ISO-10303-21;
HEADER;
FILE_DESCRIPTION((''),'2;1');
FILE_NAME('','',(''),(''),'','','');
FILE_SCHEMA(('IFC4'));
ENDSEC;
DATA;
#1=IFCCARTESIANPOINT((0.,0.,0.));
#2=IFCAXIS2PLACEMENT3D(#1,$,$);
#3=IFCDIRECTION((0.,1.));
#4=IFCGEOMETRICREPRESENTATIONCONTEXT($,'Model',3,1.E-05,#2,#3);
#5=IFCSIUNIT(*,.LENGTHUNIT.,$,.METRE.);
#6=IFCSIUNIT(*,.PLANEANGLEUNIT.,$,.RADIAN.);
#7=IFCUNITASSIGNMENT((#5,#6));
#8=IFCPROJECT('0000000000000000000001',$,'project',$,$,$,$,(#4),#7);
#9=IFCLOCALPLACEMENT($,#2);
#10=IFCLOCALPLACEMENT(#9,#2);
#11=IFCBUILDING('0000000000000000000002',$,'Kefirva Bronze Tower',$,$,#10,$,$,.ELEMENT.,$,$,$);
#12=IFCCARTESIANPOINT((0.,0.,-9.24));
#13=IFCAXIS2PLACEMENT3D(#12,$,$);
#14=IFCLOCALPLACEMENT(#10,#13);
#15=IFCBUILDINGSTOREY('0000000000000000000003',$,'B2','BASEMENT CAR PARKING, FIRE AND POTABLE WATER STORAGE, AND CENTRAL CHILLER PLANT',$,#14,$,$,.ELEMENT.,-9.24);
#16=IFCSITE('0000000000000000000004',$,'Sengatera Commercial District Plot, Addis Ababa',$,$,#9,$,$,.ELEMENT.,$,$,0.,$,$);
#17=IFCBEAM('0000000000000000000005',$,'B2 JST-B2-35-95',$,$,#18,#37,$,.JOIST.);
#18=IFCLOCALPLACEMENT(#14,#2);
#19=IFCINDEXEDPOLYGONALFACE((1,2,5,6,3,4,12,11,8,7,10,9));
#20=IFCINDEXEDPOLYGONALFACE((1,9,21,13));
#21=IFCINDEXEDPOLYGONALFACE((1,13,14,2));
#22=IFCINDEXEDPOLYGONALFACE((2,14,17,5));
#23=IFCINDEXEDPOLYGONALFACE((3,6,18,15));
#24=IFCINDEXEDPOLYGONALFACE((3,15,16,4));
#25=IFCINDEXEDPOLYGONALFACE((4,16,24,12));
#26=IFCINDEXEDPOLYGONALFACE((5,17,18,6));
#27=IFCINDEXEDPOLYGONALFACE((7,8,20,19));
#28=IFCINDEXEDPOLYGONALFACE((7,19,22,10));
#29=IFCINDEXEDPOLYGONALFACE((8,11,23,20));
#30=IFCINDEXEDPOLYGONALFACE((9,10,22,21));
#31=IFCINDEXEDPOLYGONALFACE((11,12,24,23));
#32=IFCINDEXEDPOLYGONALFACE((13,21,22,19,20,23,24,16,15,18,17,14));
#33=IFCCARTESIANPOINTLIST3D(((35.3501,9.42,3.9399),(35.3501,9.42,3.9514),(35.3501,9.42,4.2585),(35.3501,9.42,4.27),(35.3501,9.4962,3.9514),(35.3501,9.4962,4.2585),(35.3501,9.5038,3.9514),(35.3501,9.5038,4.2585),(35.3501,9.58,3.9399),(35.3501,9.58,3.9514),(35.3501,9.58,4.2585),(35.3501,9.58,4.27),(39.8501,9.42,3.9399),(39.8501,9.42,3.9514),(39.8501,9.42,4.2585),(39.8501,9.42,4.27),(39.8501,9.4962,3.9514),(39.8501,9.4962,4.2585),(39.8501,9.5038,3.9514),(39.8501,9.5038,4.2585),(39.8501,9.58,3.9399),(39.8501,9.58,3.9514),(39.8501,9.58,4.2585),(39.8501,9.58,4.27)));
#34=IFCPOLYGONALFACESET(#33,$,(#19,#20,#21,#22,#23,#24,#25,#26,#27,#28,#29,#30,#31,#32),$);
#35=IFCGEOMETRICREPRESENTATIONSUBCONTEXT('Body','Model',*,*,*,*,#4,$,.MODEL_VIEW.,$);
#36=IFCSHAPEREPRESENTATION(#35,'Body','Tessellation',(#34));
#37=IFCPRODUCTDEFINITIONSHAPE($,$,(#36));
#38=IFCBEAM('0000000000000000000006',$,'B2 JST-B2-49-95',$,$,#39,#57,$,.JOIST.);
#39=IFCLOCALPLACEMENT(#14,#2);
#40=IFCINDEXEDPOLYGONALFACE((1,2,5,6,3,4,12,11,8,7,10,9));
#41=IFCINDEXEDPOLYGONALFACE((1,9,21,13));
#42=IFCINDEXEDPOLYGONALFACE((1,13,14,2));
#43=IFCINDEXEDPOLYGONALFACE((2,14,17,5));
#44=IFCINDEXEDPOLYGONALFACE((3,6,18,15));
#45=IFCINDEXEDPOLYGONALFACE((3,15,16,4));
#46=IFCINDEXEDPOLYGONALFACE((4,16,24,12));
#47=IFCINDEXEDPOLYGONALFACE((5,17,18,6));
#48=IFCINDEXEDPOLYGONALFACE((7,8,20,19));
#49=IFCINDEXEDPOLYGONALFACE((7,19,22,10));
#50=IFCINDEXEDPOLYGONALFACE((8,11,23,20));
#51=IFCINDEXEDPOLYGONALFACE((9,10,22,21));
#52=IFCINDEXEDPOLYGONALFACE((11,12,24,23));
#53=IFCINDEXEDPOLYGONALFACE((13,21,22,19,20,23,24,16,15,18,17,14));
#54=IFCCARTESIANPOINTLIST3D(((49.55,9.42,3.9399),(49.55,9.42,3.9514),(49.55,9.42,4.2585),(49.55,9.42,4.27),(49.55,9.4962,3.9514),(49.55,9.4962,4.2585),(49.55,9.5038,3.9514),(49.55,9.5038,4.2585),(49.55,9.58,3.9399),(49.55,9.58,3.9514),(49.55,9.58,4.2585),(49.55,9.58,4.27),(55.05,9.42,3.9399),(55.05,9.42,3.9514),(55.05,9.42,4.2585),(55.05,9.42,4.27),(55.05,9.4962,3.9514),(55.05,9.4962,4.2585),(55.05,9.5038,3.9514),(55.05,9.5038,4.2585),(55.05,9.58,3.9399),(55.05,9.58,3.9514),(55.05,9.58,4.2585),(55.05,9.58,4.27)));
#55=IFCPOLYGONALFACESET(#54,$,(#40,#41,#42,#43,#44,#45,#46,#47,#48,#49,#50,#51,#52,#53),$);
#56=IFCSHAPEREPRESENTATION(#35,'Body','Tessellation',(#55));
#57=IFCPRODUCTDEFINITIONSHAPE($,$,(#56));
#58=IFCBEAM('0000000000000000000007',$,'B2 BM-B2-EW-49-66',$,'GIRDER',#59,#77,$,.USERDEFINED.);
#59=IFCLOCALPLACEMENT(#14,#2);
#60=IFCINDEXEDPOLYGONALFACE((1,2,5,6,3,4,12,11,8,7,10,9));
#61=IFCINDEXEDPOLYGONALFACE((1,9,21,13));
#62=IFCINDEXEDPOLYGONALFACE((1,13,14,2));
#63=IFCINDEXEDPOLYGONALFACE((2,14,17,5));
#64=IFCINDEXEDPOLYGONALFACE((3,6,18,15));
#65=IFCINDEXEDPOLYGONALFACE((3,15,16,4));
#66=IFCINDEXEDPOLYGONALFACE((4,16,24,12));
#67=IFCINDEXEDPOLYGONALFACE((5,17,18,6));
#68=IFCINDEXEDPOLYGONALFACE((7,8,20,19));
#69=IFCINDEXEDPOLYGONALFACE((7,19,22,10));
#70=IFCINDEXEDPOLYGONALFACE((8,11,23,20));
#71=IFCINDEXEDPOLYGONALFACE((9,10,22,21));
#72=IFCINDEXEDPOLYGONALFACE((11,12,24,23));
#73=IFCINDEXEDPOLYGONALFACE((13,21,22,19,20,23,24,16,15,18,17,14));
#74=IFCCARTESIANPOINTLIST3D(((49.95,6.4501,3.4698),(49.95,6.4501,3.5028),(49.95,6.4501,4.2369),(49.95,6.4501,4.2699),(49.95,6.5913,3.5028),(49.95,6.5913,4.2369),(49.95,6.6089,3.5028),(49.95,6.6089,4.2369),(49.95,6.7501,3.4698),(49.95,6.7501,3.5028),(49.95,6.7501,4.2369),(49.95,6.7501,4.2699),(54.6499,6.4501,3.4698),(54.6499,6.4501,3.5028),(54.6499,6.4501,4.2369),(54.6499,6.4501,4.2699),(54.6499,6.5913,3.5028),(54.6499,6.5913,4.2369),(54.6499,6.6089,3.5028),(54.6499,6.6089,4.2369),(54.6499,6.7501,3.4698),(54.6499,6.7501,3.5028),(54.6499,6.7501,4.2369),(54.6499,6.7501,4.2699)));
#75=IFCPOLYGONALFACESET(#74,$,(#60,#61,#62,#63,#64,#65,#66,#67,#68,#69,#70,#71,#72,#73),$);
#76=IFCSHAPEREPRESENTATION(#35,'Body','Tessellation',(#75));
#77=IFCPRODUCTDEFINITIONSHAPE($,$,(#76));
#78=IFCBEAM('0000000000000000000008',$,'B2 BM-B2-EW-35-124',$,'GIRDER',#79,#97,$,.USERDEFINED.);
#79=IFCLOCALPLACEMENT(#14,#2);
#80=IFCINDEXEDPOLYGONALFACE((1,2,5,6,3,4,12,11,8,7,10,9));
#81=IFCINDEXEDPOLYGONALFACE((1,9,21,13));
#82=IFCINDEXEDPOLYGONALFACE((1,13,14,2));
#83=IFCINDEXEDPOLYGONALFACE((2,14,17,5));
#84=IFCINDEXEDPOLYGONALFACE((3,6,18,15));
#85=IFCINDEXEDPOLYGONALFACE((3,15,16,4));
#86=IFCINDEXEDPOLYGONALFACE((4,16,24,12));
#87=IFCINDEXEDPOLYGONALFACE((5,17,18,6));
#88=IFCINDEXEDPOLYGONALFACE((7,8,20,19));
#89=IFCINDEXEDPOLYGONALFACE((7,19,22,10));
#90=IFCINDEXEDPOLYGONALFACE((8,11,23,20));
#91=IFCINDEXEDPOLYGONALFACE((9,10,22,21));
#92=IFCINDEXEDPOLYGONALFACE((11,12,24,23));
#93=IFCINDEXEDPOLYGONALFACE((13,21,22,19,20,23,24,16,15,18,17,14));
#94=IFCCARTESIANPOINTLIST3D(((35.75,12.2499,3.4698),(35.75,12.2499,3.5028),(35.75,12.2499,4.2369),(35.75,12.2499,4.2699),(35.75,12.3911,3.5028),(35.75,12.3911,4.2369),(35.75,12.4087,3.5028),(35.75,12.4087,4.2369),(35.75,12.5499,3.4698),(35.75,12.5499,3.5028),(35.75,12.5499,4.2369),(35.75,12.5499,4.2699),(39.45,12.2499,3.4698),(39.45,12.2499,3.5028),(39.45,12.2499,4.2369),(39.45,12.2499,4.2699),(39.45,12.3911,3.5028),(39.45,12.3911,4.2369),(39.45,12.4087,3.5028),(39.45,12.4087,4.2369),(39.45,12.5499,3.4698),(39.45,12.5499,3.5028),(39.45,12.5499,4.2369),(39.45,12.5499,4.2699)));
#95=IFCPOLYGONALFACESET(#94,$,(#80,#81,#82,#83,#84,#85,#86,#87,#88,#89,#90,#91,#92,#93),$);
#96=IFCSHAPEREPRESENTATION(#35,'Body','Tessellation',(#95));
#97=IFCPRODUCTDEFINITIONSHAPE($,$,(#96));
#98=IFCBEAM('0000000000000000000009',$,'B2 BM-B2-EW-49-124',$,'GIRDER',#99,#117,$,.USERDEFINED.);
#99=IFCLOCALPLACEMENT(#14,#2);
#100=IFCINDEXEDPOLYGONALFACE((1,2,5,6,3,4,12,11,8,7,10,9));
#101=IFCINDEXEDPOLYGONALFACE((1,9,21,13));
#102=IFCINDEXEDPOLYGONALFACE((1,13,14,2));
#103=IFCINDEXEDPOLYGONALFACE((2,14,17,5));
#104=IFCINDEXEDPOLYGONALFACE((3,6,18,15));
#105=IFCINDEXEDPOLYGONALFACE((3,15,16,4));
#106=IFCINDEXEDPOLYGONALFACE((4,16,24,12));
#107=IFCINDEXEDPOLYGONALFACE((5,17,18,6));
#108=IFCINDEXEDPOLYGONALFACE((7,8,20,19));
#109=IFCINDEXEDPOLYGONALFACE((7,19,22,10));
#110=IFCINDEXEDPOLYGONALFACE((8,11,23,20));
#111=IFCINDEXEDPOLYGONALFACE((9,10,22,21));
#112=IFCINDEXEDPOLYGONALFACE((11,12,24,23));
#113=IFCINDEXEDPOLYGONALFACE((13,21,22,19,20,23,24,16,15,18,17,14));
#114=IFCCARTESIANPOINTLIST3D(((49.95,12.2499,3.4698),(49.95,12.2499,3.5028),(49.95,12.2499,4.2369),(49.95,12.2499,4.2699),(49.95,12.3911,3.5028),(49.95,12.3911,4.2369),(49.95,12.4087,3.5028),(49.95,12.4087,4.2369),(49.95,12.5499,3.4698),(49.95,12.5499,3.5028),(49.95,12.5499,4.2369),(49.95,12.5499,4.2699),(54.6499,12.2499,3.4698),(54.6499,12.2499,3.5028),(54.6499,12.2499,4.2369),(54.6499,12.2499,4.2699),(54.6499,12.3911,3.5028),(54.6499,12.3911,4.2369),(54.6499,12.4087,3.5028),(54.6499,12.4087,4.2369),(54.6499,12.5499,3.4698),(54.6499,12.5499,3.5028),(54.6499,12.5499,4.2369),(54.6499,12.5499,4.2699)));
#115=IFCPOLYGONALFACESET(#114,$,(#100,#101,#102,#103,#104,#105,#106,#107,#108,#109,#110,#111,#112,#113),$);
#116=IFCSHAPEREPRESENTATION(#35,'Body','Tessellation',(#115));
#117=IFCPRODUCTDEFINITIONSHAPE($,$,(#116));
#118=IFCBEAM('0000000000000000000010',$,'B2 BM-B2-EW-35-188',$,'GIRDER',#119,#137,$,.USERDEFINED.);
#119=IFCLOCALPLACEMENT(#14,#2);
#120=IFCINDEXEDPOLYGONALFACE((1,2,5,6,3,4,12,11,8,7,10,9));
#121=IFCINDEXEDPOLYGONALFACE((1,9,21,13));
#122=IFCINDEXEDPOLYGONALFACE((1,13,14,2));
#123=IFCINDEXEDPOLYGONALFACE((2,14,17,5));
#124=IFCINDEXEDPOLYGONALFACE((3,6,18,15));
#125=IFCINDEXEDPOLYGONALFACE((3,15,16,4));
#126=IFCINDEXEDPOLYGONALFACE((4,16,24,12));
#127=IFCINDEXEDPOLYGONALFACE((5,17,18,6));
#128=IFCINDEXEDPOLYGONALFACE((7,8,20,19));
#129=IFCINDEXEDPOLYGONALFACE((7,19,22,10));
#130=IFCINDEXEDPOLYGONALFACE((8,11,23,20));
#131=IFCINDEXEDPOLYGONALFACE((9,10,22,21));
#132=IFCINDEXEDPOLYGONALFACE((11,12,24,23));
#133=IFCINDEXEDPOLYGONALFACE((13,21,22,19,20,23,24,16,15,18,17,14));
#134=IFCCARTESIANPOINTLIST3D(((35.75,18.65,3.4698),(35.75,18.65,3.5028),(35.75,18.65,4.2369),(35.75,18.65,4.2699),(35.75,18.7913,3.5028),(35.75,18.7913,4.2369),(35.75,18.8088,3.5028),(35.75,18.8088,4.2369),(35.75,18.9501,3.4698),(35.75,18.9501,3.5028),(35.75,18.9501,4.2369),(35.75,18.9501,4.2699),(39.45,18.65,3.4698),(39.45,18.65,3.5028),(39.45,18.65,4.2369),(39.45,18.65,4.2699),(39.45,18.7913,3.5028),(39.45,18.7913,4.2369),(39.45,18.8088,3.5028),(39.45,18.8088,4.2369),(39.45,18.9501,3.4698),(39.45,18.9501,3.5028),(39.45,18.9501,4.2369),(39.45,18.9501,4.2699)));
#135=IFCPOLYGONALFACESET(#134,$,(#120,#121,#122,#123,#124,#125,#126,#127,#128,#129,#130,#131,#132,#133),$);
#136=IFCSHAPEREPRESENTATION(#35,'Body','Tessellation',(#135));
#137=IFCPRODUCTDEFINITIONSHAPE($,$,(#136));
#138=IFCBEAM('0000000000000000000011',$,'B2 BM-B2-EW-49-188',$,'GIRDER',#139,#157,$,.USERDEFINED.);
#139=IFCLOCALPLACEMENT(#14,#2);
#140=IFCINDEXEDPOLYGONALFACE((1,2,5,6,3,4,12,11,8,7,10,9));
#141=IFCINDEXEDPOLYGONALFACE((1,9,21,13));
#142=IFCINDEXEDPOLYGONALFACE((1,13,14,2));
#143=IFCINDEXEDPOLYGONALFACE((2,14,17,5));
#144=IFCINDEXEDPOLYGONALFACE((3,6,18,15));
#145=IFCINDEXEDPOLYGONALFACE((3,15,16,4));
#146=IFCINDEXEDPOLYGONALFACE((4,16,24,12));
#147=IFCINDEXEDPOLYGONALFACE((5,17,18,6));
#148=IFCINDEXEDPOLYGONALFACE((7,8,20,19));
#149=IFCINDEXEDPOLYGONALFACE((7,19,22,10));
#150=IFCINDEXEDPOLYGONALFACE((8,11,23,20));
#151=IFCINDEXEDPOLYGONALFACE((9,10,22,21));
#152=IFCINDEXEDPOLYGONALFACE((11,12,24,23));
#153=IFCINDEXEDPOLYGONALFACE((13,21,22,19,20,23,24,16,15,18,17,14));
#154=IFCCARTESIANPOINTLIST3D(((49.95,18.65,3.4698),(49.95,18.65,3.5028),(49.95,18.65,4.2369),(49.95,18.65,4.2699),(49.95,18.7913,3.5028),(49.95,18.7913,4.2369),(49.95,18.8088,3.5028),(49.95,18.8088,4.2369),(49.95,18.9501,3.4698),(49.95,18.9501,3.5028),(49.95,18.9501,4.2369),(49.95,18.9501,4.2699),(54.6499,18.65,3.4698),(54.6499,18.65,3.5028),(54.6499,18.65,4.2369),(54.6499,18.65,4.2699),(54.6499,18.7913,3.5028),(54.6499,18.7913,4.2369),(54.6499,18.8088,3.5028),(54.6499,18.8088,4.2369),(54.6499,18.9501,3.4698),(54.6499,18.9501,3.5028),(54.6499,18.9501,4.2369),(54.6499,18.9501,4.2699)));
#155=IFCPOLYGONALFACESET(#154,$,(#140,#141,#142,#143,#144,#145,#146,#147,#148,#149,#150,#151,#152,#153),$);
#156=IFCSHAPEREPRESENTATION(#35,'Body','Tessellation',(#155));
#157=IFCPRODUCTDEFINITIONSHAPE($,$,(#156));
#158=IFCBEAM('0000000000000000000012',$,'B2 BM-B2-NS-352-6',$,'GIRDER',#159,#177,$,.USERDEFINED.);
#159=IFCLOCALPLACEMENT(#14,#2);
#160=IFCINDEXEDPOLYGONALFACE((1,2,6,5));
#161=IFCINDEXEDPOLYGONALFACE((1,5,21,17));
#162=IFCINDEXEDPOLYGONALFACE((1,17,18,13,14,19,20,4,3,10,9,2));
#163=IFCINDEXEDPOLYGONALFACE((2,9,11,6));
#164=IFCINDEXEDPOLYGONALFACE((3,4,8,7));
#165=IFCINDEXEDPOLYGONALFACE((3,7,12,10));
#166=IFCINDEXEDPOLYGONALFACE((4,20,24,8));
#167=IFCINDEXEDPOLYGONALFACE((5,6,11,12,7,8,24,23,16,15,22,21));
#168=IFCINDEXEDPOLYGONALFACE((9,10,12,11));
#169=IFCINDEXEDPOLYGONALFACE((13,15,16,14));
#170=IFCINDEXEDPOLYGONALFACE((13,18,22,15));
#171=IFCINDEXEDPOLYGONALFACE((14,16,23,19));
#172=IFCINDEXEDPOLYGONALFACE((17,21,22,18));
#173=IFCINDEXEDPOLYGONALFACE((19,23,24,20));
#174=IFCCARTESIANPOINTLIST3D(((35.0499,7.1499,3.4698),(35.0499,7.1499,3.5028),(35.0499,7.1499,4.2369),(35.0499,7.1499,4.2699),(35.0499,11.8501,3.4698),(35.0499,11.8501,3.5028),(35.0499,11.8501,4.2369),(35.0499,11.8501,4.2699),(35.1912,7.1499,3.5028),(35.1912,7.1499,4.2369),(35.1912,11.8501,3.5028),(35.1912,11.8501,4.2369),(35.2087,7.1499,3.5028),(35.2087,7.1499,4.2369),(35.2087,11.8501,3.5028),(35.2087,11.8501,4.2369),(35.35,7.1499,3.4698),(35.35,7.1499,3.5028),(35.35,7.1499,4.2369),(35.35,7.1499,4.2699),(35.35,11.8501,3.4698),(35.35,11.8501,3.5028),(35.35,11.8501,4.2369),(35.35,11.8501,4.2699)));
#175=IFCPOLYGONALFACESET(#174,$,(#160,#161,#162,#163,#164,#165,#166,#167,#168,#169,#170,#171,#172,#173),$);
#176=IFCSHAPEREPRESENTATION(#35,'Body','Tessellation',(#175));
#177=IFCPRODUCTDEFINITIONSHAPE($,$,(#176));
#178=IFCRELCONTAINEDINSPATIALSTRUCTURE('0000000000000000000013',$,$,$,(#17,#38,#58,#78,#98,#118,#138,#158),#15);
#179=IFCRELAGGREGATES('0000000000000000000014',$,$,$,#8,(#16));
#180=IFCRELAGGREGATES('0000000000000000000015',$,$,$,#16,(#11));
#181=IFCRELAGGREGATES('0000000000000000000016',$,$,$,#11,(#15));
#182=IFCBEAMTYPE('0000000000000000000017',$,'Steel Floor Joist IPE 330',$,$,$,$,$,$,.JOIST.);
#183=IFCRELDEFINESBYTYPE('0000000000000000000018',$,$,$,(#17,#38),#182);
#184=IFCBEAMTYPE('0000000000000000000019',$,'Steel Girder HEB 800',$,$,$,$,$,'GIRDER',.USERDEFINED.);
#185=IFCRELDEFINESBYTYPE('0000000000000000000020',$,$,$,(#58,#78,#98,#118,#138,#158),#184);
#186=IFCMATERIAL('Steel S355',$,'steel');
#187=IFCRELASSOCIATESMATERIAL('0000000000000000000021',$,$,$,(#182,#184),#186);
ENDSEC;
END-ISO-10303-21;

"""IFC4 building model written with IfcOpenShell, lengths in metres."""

from ifc_helpers import new_model, si_unit, direction, frame, origin, origin_2d, place, context, subcontext, project, spatial, i_section, extrude, material, material_profile, profile_set, type_object, element, save


model = new_model("IFC4")

# Units and contexts
model_context = context("Model", 3, precision=1e-05, world=origin(), true_north=direction((0.0, 1.0)))
body_context = subcontext(model_context, "Body", "Model", "MODEL_VIEW")
ifc_project = project(units=[si_unit("LENGTHUNIT", "METRE"), si_unit("PLANEANGLEUNIT", "RADIAN")], contexts=[model_context])

# Site, building, storey
site_placement = place(None, origin())
site = spatial("IfcSite", under=ifc_project, at=site_placement, Name="Sengatera Commercial District Plot, Addis Ababa", CompositionType="ELEMENT", RefElevation=0.0)
building_placement = place(site_placement, origin())
building = spatial("IfcBuilding", under=site, at=building_placement, Name="Kefirva Bronze Tower", CompositionType="ELEMENT")
storey_placement = place(building_placement, frame((0.0, 0.0, -9.24)))
storey = spatial("IfcBuildingStorey", under=building, at=storey_placement, Name="B2", Description="BASEMENT CAR PARKING, FIRE AND POTABLE WATER STORAGE, AND CENTRAL CHILLER PLANT", CompositionType="ELEMENT", Elevation=-9.24)

# Beams
ifc_material_1 = material(Name="Steel S355", Category="steel")
ifc_material_profile_1 = material_profile(ifc_material_1, i_section(OverallWidth=0.1599, OverallDepth=0.3301, WebThickness=0.0076, FlangeThickness=0.0115, at=origin_2d()), Name="IPE 330")
ifc_profile_set_1 = profile_set([ifc_material_profile_1], Name="Steel S355")
beam_type_1 = type_object("IfcBeamType", Name="Steel Floor Joist IPE 330", PredefinedType="JOIST", material=ifc_profile_set_1)
beam_1_placement = place(storey_placement, frame((35.3501, 9.5, 4.105), z_axis=(1.0, 0.0, 0.0), x_axis=(0.0, 1.0, 0.0)))
element("IfcBeam", 1, at=beam_1_placement, inside=storey, type_object=beam_type_1, Name="B2 JST-B2-35-95", PredefinedType="JOIST", context=body_context, shape_type="SweptSolid", body=[
    extrude(i_section(OverallWidth=0.1599, OverallDepth=0.3301, WebThickness=0.0076, FlangeThickness=0.0115, at=origin_2d()), origin(), (0.0, 0.0, 1.0), 4.5),
])
beam_2_placement = place(storey_placement, frame((49.55, 9.5, 4.105), z_axis=(1.0, 0.0, 0.0), x_axis=(0.0, 1.0, 0.0)))
element("IfcBeam", 2, at=beam_2_placement, inside=storey, type_object=beam_type_1, Name="B2 JST-B2-49-95", PredefinedType="JOIST", context=body_context, shape_type="SweptSolid", body=[
    extrude(i_section(OverallWidth=0.1599, OverallDepth=0.3301, WebThickness=0.0076, FlangeThickness=0.0115, at=origin_2d()), origin(), (0.0, 0.0, 1.0), 5.5),
])
ifc_material_profile_2 = material_profile(ifc_material_1, i_section(OverallWidth=0.3, OverallDepth=0.8, WebThickness=0.0176, FlangeThickness=0.033, at=origin_2d()), Name="HEB 800")
ifc_profile_set_2 = profile_set([ifc_material_profile_2], Name="Steel S355")
beam_type_2 = type_object("IfcBeamType", Name="Steel Girder HEB 800", ElementType="GIRDER", PredefinedType="USERDEFINED", material=ifc_profile_set_2)
beam_3_placement = place(storey_placement, frame((49.95, 6.6001, 3.8699), z_axis=(1.0, 0.0, 0.0), x_axis=(0.0, 1.0, 0.0)))
element("IfcBeam", 3, at=beam_3_placement, inside=storey, type_object=beam_type_2, Name="B2 BM-B2-EW-49-66", ObjectType="GIRDER", PredefinedType="USERDEFINED", context=body_context, shape_type="SweptSolid", body=[
    extrude(i_section(OverallWidth=0.3, OverallDepth=0.8, WebThickness=0.0176, FlangeThickness=0.033, at=origin_2d()), origin(), (0.0, 0.0, 1.0), 4.7),
])
beam_4_placement = place(storey_placement, frame((35.75, 12.3999, 3.8699), z_axis=(1.0, 0.0, 0.0), x_axis=(0.0, 1.0, 0.0)))
element("IfcBeam", 4, at=beam_4_placement, inside=storey, type_object=beam_type_2, Name="B2 BM-B2-EW-35-124", ObjectType="GIRDER", PredefinedType="USERDEFINED", context=body_context, shape_type="SweptSolid", body=[
    extrude(i_section(OverallWidth=0.3, OverallDepth=0.8, WebThickness=0.0176, FlangeThickness=0.033, at=origin_2d()), origin(), (0.0, 0.0, 1.0), 3.7),
])
beam_5_placement = place(storey_placement, frame((49.95, 12.3999, 3.8699), z_axis=(1.0, 0.0, 0.0), x_axis=(0.0, 1.0, 0.0)))
element("IfcBeam", 5, at=beam_5_placement, inside=storey, type_object=beam_type_2, Name="B2 BM-B2-EW-49-124", ObjectType="GIRDER", PredefinedType="USERDEFINED", context=body_context, shape_type="SweptSolid", body=[
    extrude(i_section(OverallWidth=0.3, OverallDepth=0.8, WebThickness=0.0176, FlangeThickness=0.033, at=origin_2d()), origin(), (0.0, 0.0, 1.0), 4.7),
])
beam_6_placement = place(storey_placement, frame((35.75, 18.8, 3.8699), z_axis=(1.0, 0.0, 0.0), x_axis=(0.0, 1.0, 0.0)))
element("IfcBeam", 6, at=beam_6_placement, inside=storey, type_object=beam_type_2, Name="B2 BM-B2-EW-35-188", ObjectType="GIRDER", PredefinedType="USERDEFINED", context=body_context, shape_type="SweptSolid", body=[
    extrude(i_section(OverallWidth=0.3, OverallDepth=0.8, WebThickness=0.0176, FlangeThickness=0.033, at=origin_2d()), origin(), (0.0, 0.0, 1.0), 3.7),
])
beam_7_placement = place(storey_placement, frame((49.95, 18.8, 3.8699), z_axis=(1.0, 0.0, 0.0), x_axis=(0.0, 1.0, 0.0)))
element("IfcBeam", 7, at=beam_7_placement, inside=storey, type_object=beam_type_2, Name="B2 BM-B2-EW-49-188", ObjectType="GIRDER", PredefinedType="USERDEFINED", context=body_context, shape_type="SweptSolid", body=[
    extrude(i_section(OverallWidth=0.3, OverallDepth=0.8, WebThickness=0.0176, FlangeThickness=0.033, at=origin_2d()), origin(), (0.0, 0.0, 1.0), 4.7),
])
beam_8_placement = place(storey_placement, frame((35.2, 7.1499, 3.8699), z_axis=(0.0, 1.0, 0.0), x_axis=(-1.0, 0.0, 0.0)))
element("IfcBeam", 8, at=beam_8_placement, inside=storey, type_object=beam_type_2, Name="B2 BM-B2-NS-352-6", ObjectType="GIRDER", PredefinedType="USERDEFINED", context=body_context, shape_type="SweptSolid", body=[
    extrude(i_section(OverallWidth=0.3, OverallDepth=0.8, WebThickness=0.0176, FlangeThickness=0.033, at=origin_2d()), origin(), (0.0, 0.0, 1.0), 4.7002),
])

save(model, "model.ifc")
